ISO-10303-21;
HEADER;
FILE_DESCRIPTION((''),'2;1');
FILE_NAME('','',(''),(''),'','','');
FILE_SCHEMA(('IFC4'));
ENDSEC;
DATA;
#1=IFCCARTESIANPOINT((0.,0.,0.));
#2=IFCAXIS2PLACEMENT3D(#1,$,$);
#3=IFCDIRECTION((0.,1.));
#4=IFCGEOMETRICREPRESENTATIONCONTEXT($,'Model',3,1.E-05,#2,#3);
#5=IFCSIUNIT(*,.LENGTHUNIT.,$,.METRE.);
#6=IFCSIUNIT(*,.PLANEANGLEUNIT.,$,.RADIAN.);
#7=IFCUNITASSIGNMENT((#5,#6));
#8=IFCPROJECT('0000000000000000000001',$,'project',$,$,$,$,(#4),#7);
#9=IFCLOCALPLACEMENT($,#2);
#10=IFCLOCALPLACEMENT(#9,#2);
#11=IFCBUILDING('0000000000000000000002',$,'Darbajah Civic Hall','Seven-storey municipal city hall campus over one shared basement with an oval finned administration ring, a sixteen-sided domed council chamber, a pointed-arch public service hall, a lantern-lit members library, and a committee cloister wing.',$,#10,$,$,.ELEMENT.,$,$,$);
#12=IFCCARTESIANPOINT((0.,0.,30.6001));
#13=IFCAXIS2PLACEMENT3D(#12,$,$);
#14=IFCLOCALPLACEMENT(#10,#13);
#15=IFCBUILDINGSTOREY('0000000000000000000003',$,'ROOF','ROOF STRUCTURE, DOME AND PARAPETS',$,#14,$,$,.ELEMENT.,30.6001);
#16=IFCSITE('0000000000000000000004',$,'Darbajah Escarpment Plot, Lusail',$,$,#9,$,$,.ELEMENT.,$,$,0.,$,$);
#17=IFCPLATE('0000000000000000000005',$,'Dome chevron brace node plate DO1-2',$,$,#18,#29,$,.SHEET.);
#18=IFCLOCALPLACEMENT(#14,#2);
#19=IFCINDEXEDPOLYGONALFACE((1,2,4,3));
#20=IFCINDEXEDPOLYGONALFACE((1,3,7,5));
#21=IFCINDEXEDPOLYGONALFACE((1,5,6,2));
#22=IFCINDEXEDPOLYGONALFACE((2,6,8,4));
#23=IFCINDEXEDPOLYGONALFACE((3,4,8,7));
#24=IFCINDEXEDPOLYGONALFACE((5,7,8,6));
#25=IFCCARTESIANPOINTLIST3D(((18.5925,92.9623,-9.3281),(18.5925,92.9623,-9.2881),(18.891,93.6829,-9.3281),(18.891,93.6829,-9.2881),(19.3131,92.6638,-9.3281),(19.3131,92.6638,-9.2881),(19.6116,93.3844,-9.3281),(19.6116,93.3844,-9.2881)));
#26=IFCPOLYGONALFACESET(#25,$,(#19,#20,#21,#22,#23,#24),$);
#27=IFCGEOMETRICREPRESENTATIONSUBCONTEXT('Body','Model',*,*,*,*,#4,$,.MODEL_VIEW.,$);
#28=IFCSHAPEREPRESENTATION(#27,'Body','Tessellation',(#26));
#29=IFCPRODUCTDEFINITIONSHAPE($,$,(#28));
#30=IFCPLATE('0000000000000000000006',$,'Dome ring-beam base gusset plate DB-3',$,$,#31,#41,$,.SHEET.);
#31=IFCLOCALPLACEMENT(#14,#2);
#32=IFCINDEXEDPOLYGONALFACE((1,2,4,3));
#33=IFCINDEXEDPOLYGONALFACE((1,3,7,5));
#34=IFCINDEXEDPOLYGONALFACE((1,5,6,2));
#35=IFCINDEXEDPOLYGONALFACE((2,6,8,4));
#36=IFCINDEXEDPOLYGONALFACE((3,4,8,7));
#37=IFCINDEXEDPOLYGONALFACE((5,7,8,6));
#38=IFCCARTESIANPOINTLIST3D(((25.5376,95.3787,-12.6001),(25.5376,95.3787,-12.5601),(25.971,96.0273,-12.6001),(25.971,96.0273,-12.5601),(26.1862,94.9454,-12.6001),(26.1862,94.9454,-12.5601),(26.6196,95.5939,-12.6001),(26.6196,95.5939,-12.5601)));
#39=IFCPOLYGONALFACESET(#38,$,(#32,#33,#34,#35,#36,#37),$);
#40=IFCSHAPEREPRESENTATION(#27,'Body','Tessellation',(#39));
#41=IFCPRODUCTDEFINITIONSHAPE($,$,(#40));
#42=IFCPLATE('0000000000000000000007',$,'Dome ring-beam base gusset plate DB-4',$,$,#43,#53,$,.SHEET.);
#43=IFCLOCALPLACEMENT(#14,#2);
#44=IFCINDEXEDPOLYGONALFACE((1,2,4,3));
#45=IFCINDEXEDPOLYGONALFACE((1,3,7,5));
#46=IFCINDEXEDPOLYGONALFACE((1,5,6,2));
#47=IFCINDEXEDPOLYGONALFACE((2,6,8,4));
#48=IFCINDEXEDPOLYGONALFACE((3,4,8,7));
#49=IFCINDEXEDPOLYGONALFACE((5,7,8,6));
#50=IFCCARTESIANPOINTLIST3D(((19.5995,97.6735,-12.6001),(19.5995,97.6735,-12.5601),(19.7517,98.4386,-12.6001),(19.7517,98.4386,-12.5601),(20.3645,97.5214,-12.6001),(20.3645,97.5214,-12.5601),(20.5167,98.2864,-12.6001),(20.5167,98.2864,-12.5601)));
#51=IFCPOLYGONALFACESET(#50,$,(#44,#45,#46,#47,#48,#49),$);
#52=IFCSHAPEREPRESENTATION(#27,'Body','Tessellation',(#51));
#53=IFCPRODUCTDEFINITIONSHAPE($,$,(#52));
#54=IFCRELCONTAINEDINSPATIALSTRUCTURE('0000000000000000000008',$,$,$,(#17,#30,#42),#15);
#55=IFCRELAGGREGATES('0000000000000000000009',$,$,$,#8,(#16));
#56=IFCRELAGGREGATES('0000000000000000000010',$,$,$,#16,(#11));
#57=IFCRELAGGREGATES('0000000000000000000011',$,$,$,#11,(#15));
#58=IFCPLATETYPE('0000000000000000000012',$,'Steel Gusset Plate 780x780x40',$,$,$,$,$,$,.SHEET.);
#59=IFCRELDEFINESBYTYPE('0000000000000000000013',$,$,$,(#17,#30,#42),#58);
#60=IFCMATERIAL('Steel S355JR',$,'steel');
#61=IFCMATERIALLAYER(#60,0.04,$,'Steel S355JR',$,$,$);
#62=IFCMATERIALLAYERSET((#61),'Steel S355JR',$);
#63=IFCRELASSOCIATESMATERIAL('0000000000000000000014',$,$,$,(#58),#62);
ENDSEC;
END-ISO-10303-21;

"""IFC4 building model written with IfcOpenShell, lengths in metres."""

from ifc_helpers import new_model, si_unit, direction, frame, origin, origin_2d, place, context, subcontext, project, spatial, rectangle, extrude, material, layer, layer_set, type_object, element, save


model = new_model("IFC4")

# Units and contexts
model_context = context("Model", 3, precision=1e-05, world=origin(), true_north=direction((0.0, 1.0)))
body_context = subcontext(model_context, "Body", "Model", "MODEL_VIEW")
ifc_project = project(units=[si_unit("LENGTHUNIT", "METRE"), si_unit("PLANEANGLEUNIT", "RADIAN")], contexts=[model_context])

# Site, building, storey
site_placement = place(None, origin())
site = spatial("IfcSite", under=ifc_project, at=site_placement, Name="Darbajah Escarpment Plot, Lusail", CompositionType="ELEMENT", RefElevation=0.0)
building_placement = place(site_placement, origin())
building = spatial("IfcBuilding", under=site, at=building_placement, Name="Darbajah Civic Hall", Description="Seven-storey municipal city hall campus over one shared basement with an oval finned administration ring, a sixteen-sided domed council chamber, a pointed-arch public service hall, a lantern-lit members library, and a committee cloister wing.", CompositionType="ELEMENT")
storey_placement = place(building_placement, frame((0.0, 0.0, 30.6001)))
storey = spatial("IfcBuildingStorey", under=building, at=storey_placement, Name="ROOF", Description="ROOF STRUCTURE, DOME AND PARAPETS", CompositionType="ELEMENT", Elevation=30.6001)

# Shared definitions
ifc_material = material(Name="Steel S355JR", Category="steel")

# Plates
ifc_layer_1 = layer(ifc_material, 0.04, Name="Steel S355JR")
ifc_layer_set_1 = layer_set([ifc_layer_1], Name="Steel S355JR")
plate_type_1 = type_object("IfcPlateType", Name="Steel Gusset Plate 780x780x40", PredefinedType="SHEET", material=ifc_layer_set_1)
for number, where, z_axis, x_axis, name in (
    (1, (19.1021, 93.1733, -9.3281), (0.0, 0.0, 1.0), (0.382683, 0.92388, 0.0), "Dome chevron brace node plate DO1-2"),
    (2, (26.0786, 95.4863, -12.6001), (0.0, 0.0, 1.0), (0.55557, 0.83147, 0.0), "Dome ring-beam base gusset plate DB-3"),
    (3, (20.0581, 97.98, -12.6001), (0.0, 0.0, 1.0), (0.19509, 0.980785, 0.0), "Dome ring-beam base gusset plate DB-4"),
):
    element("IfcPlate", number, at=place(storey_placement, frame(where, z_axis=z_axis, x_axis=x_axis)), inside=storey, type_object=plate_type_1, Name=name, PredefinedType="SHEET", context=body_context, shape_type="SweptSolid", body=[
        extrude(rectangle(XDim=0.78, YDim=0.78, at=origin_2d()), origin(), (0.0, 0.0, 1.0), 0.04),
    ])

save(model, "model.ifc")
